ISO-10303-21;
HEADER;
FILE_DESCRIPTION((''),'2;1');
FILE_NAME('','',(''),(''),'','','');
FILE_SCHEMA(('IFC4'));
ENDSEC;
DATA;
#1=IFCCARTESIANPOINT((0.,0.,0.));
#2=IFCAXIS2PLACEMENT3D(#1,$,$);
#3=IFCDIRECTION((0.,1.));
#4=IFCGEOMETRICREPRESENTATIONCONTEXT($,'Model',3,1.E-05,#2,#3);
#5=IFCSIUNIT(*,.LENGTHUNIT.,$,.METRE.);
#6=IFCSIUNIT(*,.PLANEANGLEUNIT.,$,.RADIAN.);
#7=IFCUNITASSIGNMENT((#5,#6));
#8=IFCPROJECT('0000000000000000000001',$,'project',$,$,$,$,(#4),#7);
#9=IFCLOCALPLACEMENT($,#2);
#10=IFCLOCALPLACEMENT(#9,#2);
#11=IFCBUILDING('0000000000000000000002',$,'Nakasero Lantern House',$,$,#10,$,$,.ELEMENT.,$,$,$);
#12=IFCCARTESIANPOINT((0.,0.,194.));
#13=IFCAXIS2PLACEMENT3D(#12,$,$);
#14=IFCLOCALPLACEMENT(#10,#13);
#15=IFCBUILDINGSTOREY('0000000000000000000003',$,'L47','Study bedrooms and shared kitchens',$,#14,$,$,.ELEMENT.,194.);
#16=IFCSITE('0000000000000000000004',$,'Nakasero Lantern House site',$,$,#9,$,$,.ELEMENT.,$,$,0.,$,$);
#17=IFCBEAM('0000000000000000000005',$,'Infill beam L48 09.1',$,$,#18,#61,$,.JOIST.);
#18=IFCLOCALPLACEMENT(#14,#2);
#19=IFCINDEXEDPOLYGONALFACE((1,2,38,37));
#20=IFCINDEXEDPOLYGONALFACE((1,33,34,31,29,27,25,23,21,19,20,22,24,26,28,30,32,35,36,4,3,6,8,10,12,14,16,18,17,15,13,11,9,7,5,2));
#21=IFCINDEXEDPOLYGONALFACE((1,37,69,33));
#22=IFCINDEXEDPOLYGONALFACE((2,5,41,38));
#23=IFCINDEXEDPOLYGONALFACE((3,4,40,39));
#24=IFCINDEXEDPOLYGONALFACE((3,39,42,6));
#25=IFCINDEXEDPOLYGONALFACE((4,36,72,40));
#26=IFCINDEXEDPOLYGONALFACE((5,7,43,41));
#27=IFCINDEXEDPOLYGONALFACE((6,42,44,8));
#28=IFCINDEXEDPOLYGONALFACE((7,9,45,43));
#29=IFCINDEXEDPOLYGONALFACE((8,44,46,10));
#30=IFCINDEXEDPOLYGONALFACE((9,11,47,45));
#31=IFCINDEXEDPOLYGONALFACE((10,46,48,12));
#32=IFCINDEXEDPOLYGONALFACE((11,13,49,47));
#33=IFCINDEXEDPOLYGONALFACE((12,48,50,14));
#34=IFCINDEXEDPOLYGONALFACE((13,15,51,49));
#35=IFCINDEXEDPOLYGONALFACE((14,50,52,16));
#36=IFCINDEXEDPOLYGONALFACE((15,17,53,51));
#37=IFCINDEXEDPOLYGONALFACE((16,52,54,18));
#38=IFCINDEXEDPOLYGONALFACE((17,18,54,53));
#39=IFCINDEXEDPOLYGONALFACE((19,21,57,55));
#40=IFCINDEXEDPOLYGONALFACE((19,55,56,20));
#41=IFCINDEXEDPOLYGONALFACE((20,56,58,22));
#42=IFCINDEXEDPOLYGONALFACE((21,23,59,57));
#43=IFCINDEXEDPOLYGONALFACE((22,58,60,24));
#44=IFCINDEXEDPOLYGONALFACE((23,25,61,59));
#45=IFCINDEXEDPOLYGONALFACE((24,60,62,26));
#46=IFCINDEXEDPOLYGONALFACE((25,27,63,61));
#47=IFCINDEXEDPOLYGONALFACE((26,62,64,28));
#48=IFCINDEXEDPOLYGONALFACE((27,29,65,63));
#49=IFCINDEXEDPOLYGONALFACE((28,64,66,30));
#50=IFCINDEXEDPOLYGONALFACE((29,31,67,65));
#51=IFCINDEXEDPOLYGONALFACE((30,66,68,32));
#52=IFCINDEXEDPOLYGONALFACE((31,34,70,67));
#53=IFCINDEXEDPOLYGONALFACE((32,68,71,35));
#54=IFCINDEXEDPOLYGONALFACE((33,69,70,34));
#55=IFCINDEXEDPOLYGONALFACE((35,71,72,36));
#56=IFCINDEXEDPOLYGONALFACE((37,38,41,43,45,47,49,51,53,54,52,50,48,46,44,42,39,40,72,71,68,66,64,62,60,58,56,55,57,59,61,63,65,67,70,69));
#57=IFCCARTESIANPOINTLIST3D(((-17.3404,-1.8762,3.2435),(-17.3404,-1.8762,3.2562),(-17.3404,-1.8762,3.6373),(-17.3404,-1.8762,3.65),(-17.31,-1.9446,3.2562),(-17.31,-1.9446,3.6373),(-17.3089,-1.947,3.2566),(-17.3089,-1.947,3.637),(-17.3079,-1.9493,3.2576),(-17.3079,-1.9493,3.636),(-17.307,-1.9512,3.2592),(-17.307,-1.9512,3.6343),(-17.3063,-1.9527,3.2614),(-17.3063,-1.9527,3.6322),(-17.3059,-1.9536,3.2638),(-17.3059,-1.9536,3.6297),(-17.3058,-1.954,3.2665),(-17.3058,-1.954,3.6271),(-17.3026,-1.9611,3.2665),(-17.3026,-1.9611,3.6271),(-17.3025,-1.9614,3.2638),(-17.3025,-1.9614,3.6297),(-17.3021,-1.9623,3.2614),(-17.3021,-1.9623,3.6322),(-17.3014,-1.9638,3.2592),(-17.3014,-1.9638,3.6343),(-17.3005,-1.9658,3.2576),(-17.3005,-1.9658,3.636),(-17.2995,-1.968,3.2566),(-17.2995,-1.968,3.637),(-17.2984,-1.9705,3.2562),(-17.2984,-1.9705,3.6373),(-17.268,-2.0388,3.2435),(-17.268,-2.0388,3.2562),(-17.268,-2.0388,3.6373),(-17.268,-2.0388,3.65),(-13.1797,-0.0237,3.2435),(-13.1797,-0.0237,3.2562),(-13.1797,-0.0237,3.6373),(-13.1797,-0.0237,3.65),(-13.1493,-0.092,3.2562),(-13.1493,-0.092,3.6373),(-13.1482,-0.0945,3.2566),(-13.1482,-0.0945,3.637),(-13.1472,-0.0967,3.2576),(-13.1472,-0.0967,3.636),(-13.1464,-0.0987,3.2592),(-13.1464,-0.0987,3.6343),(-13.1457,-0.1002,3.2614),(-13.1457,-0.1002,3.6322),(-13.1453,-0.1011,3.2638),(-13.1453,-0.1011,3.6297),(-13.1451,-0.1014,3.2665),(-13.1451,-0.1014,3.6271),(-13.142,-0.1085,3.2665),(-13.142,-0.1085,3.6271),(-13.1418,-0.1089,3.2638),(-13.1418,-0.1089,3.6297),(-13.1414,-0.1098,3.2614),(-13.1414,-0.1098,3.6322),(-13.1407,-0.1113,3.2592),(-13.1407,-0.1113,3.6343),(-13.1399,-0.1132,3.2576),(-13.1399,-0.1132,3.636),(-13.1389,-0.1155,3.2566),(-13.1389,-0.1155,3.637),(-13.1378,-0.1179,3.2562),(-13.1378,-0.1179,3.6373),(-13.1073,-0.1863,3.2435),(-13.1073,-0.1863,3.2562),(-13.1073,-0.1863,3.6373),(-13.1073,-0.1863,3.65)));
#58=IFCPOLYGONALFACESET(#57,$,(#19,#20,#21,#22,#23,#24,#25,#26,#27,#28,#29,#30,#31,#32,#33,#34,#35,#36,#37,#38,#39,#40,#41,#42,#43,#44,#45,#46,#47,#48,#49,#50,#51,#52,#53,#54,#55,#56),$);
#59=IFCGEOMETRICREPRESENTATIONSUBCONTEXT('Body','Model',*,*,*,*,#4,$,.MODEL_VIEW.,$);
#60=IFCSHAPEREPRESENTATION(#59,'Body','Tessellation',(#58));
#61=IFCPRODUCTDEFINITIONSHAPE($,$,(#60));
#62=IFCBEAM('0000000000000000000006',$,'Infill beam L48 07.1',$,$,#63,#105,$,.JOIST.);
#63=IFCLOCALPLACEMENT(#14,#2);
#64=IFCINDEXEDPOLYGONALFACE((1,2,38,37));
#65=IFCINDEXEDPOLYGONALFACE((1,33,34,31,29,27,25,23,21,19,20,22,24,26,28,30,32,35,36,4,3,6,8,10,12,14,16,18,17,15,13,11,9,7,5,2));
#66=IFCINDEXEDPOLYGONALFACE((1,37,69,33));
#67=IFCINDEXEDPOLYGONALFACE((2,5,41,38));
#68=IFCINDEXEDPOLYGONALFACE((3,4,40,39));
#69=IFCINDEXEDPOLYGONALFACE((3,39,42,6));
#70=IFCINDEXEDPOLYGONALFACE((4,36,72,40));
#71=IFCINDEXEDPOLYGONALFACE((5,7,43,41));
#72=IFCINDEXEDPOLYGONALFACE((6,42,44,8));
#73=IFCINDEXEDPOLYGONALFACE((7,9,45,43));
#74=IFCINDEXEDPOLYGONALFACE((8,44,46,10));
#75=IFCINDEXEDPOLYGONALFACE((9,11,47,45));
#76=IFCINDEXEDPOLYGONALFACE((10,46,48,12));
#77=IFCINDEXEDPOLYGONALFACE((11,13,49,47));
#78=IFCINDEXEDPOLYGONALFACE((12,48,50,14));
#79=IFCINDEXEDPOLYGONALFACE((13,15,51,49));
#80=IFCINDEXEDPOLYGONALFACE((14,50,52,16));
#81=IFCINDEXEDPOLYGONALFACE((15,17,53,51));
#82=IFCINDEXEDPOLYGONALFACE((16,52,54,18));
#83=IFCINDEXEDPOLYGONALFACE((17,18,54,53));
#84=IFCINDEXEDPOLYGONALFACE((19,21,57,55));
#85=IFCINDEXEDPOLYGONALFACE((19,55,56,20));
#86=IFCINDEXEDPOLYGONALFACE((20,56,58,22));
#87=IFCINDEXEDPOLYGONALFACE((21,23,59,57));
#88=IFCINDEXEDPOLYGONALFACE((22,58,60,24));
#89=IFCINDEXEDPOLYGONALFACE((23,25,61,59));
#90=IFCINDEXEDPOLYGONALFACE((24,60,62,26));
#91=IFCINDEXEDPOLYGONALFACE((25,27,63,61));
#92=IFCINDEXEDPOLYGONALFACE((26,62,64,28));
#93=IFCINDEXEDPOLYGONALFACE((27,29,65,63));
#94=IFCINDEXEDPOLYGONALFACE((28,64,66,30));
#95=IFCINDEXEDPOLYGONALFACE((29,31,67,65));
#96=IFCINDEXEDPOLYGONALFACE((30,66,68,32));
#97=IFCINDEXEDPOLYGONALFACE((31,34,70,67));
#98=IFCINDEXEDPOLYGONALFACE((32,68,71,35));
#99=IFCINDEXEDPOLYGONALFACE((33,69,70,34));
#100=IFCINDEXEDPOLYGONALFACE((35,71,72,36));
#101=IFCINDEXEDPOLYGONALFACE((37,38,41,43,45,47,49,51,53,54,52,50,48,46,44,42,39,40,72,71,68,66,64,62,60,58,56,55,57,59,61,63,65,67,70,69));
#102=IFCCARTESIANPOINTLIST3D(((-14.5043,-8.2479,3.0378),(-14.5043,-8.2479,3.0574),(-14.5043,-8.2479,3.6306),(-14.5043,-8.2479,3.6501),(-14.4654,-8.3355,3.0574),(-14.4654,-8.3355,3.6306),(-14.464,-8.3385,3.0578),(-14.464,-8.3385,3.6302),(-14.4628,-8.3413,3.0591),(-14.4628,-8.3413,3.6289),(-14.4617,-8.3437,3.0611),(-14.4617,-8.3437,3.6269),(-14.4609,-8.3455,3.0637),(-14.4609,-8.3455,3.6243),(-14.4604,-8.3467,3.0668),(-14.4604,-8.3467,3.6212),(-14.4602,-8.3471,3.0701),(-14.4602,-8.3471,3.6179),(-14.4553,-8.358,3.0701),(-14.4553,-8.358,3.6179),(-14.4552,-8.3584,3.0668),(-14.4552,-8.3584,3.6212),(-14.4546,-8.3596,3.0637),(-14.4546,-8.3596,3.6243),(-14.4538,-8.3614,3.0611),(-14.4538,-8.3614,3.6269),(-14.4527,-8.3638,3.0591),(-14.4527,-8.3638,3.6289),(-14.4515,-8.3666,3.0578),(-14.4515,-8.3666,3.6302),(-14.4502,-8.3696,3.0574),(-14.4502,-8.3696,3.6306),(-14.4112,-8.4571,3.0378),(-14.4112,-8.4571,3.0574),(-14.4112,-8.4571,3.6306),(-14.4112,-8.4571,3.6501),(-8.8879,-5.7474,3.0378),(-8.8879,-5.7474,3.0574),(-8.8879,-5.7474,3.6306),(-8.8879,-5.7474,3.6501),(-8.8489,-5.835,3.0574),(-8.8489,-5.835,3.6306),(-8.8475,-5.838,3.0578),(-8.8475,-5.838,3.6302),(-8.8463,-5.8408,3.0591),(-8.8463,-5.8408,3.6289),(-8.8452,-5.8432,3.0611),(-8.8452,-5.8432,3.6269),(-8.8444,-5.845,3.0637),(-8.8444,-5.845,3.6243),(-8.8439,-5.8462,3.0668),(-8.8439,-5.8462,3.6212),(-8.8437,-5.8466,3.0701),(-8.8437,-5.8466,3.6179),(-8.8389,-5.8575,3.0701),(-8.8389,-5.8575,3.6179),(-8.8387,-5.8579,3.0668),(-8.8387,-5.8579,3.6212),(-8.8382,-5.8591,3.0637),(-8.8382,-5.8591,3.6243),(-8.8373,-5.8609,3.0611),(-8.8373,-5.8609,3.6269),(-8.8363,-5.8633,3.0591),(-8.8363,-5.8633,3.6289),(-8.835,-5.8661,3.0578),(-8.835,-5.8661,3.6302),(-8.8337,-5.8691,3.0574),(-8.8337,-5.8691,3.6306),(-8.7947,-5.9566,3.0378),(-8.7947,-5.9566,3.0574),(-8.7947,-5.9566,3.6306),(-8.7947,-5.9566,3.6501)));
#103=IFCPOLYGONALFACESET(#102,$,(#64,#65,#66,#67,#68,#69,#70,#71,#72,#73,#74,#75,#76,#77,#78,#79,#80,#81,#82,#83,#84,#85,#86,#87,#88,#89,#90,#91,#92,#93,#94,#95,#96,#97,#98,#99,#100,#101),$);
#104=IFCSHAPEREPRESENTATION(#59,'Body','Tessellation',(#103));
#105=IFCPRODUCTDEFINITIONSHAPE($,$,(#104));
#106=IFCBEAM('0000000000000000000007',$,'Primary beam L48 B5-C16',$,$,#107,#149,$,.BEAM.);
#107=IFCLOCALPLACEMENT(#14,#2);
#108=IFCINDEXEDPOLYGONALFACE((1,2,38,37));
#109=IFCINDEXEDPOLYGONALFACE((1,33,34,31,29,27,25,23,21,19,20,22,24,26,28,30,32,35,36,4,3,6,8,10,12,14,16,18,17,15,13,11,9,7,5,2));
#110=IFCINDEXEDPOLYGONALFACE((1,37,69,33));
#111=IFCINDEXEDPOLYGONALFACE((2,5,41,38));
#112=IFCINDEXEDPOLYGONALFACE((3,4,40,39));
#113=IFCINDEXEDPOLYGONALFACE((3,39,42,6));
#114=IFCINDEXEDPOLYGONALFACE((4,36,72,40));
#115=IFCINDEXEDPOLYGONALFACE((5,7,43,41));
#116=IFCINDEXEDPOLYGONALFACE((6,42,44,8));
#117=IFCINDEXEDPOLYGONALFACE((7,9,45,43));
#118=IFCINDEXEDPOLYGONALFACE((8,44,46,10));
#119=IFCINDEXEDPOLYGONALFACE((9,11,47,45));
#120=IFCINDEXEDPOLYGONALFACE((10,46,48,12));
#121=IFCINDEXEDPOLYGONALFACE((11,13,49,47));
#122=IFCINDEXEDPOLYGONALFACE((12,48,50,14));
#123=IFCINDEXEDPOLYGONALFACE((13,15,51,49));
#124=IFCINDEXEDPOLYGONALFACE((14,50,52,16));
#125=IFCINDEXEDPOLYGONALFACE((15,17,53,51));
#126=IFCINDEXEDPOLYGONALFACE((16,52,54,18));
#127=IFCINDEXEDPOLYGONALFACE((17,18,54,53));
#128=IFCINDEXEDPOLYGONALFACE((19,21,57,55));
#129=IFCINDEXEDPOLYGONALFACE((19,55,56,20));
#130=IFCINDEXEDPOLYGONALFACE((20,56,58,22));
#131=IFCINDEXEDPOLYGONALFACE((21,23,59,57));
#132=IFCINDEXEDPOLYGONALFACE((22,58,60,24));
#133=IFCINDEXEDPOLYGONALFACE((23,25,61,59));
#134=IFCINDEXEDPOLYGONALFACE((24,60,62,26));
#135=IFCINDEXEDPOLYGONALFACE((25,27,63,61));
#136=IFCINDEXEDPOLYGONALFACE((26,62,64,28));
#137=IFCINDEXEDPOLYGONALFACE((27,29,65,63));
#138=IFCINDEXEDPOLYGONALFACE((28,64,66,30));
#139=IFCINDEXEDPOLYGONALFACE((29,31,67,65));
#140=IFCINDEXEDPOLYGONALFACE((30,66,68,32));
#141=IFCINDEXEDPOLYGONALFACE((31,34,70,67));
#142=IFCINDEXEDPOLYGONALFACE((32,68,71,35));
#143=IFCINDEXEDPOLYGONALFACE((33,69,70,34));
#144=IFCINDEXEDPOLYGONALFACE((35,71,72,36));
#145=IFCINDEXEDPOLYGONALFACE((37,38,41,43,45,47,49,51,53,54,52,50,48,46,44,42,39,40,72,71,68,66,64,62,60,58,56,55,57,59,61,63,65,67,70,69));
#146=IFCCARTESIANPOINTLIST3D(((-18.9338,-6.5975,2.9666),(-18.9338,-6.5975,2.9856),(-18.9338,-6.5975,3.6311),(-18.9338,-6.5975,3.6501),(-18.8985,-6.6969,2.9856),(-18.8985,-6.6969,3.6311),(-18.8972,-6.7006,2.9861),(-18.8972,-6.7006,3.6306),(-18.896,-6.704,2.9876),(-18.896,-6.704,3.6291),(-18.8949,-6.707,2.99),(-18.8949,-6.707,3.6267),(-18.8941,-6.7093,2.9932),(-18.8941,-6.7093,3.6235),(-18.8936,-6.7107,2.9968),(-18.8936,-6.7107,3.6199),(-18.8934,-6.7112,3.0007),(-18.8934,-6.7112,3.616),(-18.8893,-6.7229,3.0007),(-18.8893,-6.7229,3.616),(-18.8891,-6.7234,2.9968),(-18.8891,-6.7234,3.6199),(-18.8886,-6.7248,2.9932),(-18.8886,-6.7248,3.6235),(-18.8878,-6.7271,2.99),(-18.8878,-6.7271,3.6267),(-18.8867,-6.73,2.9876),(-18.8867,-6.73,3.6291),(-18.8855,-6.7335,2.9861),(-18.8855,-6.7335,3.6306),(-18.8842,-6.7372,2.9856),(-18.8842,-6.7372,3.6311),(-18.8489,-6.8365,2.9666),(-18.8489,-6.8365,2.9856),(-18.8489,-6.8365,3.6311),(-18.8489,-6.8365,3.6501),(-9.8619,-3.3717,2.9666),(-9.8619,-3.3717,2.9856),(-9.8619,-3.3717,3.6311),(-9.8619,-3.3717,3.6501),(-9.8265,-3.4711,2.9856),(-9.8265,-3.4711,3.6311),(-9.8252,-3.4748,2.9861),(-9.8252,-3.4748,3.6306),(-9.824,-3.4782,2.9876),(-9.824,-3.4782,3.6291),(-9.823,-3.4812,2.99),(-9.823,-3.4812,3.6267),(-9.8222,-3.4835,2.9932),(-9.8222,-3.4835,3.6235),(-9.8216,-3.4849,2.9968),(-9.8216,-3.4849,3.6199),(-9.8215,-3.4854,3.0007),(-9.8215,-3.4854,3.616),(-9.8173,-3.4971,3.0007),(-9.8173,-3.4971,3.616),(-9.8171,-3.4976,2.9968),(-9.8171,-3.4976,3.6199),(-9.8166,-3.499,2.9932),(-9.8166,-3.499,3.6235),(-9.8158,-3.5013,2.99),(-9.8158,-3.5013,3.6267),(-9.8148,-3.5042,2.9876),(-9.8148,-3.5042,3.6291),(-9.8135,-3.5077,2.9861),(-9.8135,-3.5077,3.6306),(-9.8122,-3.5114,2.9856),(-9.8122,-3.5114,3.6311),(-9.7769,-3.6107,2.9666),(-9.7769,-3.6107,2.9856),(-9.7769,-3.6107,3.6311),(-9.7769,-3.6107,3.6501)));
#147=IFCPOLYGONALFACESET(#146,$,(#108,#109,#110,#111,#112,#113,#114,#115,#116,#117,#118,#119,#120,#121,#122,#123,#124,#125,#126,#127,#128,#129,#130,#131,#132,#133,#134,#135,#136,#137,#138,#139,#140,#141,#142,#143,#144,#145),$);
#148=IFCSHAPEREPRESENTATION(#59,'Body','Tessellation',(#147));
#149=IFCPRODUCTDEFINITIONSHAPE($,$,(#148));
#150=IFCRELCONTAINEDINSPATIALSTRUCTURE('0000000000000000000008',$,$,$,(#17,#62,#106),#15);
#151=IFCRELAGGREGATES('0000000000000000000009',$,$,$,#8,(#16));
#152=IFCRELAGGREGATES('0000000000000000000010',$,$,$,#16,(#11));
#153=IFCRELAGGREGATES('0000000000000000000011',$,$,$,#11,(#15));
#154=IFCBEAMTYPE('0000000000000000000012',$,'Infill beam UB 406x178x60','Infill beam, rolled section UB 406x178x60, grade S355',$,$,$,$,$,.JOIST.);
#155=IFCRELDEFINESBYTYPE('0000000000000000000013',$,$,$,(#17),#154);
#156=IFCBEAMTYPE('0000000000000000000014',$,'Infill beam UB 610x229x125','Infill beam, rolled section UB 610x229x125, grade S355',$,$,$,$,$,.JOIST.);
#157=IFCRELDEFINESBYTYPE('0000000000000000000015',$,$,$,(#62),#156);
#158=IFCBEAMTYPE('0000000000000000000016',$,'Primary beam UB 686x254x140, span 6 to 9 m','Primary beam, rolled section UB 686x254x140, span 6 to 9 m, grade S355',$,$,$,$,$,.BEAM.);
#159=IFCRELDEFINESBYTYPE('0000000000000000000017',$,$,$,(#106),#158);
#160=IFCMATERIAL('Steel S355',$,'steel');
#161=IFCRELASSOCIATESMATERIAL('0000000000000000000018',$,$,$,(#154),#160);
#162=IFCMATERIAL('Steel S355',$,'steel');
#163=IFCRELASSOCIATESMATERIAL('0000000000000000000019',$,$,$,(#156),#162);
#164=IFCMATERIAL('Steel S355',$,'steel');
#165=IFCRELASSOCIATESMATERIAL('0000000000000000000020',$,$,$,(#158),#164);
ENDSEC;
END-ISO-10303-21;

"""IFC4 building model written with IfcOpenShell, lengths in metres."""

from ifc_helpers import new_model, si_unit, direction, frame, origin, origin_2d, place, context, subcontext, project, spatial, i_section, extrude, material, material_profile, profile_set, type_object, element, save


model = new_model("IFC4")

# Units and contexts
model_context = context("Model", 3, precision=1e-05, world=origin(), true_north=direction((0.0, 1.0)))
body_context = subcontext(model_context, "Body", "Model", "MODEL_VIEW")
ifc_project = project(units=[si_unit("LENGTHUNIT", "METRE"), si_unit("PLANEANGLEUNIT", "RADIAN")], contexts=[model_context])

# Site, building, storey
site_placement = place(None, origin())
site = spatial("IfcSite", under=ifc_project, at=site_placement, Name="Nakasero Lantern House site", CompositionType="ELEMENT", RefElevation=0.0)
building_placement = place(site_placement, origin())
building = spatial("IfcBuilding", under=site, at=building_placement, Name="Nakasero Lantern House", CompositionType="ELEMENT")
storey_placement = place(building_placement, frame((0.0, 0.0, 194.0)))
storey = spatial("IfcBuildingStorey", under=building, at=storey_placement, Name="L47", Description="Study bedrooms and shared kitchens", CompositionType="ELEMENT", Elevation=194.0)

# Beams
ifc_material_1 = material(Name="Steel S355", Category="steel")
ifc_material_profile_1 = material_profile(ifc_material_1, i_section(OverallWidth=0.178, OverallDepth=0.4065, WebThickness=0.0078, FlangeThickness=0.0127, FilletRadius=0.0103, at=origin_2d()), Name="UB 406x178x60")
ifc_profile_set_1 = profile_set([ifc_material_profile_1], Name="Steel S355")
beam_type_1 = type_object("IfcBeamType", Name="Infill beam UB 406x178x60", Description="Infill beam, rolled section UB 406x178x60, grade S355", PredefinedType="JOIST", material=ifc_profile_set_1)
beam_1_placement = place(storey_placement, frame((-17.3042, -1.9575, 3.4468), z_axis=(0.913537, 0.406755, 0.0), x_axis=(-0.406755, 0.913537, 0.0)))
element("IfcBeam", 1, at=beam_1_placement, inside=storey, type_object=beam_type_1, Name="Infill beam L48 09.1", PredefinedType="JOIST", context=body_context, shape_type="SweptSolid", body=[
    extrude(i_section(OverallWidth=0.178, OverallDepth=0.4065, WebThickness=0.0078, FlangeThickness=0.0127, FilletRadius=0.0103, at=origin_2d()), origin(), (0.0, 0.0, 1.0), 4.5544),
])
ifc_material_2 = material(Name="Steel S355", Category="steel")
ifc_material_profile_2 = material_profile(ifc_material_2, i_section(OverallWidth=0.229, OverallDepth=0.6123, WebThickness=0.012, FlangeThickness=0.0195, FilletRadius=0.0127, at=origin_2d()), Name="UB 610x229x125")
ifc_profile_set_2 = profile_set([ifc_material_profile_2], Name="Steel S355")
beam_type_2 = type_object("IfcBeamType", Name="Infill beam UB 610x229x125", Description="Infill beam, rolled section UB 610x229x125, grade S355", PredefinedType="JOIST", material=ifc_profile_set_2)
beam_2_placement = place(storey_placement, frame((-14.4578, -8.3525, 3.344), z_axis=(0.913553, 0.406721, 0.0), x_axis=(-0.406721, 0.913553, 0.0)))
element("IfcBeam", 2, at=beam_2_placement, inside=storey, type_object=beam_type_2, Name="Infill beam L48 07.1", PredefinedType="JOIST", context=body_context, shape_type="SweptSolid", body=[
    extrude(i_section(OverallWidth=0.229, OverallDepth=0.6123, WebThickness=0.012, FlangeThickness=0.0195, FilletRadius=0.0127, at=origin_2d()), origin(), (0.0, 0.0, 1.0), 6.1479),
])
ifc_material_3 = material(Name="Steel S355", Category="steel")
ifc_material_profile_3 = material_profile(ifc_material_3, i_section(OverallWidth=0.2537, OverallDepth=0.6836, WebThickness=0.0125, FlangeThickness=0.019, FilletRadius=0.0151, at=origin_2d()), Name="UB 686x254x140")
ifc_profile_set_3 = profile_set([ifc_material_profile_3], Name="Steel S355")
beam_type_3 = type_object("IfcBeamType", Name="Primary beam UB 686x254x140, span 6 to 9 m", Description="Primary beam, rolled section UB 686x254x140, span 6 to 9 m, grade S355", PredefinedType="BEAM", material=ifc_profile_set_3)
beam_3_placement = place(storey_placement, frame((-18.8914, -6.717, 3.3083), z_axis=(0.942207, 0.33503, 0.0), x_axis=(-0.33503, 0.942207, 0.0)))
element("IfcBeam", 3, at=beam_3_placement, inside=storey, type_object=beam_type_3, Name="Primary beam L48 B5-C16", PredefinedType="BEAM", context=body_context, shape_type="SweptSolid", body=[
    extrude(i_section(OverallWidth=0.2537, OverallDepth=0.6836, WebThickness=0.0125, FlangeThickness=0.019, FilletRadius=0.0151, at=origin_2d()), origin(), (0.0, 0.0, 1.0), 9.6284),
])

save(model, "model.ifc")
